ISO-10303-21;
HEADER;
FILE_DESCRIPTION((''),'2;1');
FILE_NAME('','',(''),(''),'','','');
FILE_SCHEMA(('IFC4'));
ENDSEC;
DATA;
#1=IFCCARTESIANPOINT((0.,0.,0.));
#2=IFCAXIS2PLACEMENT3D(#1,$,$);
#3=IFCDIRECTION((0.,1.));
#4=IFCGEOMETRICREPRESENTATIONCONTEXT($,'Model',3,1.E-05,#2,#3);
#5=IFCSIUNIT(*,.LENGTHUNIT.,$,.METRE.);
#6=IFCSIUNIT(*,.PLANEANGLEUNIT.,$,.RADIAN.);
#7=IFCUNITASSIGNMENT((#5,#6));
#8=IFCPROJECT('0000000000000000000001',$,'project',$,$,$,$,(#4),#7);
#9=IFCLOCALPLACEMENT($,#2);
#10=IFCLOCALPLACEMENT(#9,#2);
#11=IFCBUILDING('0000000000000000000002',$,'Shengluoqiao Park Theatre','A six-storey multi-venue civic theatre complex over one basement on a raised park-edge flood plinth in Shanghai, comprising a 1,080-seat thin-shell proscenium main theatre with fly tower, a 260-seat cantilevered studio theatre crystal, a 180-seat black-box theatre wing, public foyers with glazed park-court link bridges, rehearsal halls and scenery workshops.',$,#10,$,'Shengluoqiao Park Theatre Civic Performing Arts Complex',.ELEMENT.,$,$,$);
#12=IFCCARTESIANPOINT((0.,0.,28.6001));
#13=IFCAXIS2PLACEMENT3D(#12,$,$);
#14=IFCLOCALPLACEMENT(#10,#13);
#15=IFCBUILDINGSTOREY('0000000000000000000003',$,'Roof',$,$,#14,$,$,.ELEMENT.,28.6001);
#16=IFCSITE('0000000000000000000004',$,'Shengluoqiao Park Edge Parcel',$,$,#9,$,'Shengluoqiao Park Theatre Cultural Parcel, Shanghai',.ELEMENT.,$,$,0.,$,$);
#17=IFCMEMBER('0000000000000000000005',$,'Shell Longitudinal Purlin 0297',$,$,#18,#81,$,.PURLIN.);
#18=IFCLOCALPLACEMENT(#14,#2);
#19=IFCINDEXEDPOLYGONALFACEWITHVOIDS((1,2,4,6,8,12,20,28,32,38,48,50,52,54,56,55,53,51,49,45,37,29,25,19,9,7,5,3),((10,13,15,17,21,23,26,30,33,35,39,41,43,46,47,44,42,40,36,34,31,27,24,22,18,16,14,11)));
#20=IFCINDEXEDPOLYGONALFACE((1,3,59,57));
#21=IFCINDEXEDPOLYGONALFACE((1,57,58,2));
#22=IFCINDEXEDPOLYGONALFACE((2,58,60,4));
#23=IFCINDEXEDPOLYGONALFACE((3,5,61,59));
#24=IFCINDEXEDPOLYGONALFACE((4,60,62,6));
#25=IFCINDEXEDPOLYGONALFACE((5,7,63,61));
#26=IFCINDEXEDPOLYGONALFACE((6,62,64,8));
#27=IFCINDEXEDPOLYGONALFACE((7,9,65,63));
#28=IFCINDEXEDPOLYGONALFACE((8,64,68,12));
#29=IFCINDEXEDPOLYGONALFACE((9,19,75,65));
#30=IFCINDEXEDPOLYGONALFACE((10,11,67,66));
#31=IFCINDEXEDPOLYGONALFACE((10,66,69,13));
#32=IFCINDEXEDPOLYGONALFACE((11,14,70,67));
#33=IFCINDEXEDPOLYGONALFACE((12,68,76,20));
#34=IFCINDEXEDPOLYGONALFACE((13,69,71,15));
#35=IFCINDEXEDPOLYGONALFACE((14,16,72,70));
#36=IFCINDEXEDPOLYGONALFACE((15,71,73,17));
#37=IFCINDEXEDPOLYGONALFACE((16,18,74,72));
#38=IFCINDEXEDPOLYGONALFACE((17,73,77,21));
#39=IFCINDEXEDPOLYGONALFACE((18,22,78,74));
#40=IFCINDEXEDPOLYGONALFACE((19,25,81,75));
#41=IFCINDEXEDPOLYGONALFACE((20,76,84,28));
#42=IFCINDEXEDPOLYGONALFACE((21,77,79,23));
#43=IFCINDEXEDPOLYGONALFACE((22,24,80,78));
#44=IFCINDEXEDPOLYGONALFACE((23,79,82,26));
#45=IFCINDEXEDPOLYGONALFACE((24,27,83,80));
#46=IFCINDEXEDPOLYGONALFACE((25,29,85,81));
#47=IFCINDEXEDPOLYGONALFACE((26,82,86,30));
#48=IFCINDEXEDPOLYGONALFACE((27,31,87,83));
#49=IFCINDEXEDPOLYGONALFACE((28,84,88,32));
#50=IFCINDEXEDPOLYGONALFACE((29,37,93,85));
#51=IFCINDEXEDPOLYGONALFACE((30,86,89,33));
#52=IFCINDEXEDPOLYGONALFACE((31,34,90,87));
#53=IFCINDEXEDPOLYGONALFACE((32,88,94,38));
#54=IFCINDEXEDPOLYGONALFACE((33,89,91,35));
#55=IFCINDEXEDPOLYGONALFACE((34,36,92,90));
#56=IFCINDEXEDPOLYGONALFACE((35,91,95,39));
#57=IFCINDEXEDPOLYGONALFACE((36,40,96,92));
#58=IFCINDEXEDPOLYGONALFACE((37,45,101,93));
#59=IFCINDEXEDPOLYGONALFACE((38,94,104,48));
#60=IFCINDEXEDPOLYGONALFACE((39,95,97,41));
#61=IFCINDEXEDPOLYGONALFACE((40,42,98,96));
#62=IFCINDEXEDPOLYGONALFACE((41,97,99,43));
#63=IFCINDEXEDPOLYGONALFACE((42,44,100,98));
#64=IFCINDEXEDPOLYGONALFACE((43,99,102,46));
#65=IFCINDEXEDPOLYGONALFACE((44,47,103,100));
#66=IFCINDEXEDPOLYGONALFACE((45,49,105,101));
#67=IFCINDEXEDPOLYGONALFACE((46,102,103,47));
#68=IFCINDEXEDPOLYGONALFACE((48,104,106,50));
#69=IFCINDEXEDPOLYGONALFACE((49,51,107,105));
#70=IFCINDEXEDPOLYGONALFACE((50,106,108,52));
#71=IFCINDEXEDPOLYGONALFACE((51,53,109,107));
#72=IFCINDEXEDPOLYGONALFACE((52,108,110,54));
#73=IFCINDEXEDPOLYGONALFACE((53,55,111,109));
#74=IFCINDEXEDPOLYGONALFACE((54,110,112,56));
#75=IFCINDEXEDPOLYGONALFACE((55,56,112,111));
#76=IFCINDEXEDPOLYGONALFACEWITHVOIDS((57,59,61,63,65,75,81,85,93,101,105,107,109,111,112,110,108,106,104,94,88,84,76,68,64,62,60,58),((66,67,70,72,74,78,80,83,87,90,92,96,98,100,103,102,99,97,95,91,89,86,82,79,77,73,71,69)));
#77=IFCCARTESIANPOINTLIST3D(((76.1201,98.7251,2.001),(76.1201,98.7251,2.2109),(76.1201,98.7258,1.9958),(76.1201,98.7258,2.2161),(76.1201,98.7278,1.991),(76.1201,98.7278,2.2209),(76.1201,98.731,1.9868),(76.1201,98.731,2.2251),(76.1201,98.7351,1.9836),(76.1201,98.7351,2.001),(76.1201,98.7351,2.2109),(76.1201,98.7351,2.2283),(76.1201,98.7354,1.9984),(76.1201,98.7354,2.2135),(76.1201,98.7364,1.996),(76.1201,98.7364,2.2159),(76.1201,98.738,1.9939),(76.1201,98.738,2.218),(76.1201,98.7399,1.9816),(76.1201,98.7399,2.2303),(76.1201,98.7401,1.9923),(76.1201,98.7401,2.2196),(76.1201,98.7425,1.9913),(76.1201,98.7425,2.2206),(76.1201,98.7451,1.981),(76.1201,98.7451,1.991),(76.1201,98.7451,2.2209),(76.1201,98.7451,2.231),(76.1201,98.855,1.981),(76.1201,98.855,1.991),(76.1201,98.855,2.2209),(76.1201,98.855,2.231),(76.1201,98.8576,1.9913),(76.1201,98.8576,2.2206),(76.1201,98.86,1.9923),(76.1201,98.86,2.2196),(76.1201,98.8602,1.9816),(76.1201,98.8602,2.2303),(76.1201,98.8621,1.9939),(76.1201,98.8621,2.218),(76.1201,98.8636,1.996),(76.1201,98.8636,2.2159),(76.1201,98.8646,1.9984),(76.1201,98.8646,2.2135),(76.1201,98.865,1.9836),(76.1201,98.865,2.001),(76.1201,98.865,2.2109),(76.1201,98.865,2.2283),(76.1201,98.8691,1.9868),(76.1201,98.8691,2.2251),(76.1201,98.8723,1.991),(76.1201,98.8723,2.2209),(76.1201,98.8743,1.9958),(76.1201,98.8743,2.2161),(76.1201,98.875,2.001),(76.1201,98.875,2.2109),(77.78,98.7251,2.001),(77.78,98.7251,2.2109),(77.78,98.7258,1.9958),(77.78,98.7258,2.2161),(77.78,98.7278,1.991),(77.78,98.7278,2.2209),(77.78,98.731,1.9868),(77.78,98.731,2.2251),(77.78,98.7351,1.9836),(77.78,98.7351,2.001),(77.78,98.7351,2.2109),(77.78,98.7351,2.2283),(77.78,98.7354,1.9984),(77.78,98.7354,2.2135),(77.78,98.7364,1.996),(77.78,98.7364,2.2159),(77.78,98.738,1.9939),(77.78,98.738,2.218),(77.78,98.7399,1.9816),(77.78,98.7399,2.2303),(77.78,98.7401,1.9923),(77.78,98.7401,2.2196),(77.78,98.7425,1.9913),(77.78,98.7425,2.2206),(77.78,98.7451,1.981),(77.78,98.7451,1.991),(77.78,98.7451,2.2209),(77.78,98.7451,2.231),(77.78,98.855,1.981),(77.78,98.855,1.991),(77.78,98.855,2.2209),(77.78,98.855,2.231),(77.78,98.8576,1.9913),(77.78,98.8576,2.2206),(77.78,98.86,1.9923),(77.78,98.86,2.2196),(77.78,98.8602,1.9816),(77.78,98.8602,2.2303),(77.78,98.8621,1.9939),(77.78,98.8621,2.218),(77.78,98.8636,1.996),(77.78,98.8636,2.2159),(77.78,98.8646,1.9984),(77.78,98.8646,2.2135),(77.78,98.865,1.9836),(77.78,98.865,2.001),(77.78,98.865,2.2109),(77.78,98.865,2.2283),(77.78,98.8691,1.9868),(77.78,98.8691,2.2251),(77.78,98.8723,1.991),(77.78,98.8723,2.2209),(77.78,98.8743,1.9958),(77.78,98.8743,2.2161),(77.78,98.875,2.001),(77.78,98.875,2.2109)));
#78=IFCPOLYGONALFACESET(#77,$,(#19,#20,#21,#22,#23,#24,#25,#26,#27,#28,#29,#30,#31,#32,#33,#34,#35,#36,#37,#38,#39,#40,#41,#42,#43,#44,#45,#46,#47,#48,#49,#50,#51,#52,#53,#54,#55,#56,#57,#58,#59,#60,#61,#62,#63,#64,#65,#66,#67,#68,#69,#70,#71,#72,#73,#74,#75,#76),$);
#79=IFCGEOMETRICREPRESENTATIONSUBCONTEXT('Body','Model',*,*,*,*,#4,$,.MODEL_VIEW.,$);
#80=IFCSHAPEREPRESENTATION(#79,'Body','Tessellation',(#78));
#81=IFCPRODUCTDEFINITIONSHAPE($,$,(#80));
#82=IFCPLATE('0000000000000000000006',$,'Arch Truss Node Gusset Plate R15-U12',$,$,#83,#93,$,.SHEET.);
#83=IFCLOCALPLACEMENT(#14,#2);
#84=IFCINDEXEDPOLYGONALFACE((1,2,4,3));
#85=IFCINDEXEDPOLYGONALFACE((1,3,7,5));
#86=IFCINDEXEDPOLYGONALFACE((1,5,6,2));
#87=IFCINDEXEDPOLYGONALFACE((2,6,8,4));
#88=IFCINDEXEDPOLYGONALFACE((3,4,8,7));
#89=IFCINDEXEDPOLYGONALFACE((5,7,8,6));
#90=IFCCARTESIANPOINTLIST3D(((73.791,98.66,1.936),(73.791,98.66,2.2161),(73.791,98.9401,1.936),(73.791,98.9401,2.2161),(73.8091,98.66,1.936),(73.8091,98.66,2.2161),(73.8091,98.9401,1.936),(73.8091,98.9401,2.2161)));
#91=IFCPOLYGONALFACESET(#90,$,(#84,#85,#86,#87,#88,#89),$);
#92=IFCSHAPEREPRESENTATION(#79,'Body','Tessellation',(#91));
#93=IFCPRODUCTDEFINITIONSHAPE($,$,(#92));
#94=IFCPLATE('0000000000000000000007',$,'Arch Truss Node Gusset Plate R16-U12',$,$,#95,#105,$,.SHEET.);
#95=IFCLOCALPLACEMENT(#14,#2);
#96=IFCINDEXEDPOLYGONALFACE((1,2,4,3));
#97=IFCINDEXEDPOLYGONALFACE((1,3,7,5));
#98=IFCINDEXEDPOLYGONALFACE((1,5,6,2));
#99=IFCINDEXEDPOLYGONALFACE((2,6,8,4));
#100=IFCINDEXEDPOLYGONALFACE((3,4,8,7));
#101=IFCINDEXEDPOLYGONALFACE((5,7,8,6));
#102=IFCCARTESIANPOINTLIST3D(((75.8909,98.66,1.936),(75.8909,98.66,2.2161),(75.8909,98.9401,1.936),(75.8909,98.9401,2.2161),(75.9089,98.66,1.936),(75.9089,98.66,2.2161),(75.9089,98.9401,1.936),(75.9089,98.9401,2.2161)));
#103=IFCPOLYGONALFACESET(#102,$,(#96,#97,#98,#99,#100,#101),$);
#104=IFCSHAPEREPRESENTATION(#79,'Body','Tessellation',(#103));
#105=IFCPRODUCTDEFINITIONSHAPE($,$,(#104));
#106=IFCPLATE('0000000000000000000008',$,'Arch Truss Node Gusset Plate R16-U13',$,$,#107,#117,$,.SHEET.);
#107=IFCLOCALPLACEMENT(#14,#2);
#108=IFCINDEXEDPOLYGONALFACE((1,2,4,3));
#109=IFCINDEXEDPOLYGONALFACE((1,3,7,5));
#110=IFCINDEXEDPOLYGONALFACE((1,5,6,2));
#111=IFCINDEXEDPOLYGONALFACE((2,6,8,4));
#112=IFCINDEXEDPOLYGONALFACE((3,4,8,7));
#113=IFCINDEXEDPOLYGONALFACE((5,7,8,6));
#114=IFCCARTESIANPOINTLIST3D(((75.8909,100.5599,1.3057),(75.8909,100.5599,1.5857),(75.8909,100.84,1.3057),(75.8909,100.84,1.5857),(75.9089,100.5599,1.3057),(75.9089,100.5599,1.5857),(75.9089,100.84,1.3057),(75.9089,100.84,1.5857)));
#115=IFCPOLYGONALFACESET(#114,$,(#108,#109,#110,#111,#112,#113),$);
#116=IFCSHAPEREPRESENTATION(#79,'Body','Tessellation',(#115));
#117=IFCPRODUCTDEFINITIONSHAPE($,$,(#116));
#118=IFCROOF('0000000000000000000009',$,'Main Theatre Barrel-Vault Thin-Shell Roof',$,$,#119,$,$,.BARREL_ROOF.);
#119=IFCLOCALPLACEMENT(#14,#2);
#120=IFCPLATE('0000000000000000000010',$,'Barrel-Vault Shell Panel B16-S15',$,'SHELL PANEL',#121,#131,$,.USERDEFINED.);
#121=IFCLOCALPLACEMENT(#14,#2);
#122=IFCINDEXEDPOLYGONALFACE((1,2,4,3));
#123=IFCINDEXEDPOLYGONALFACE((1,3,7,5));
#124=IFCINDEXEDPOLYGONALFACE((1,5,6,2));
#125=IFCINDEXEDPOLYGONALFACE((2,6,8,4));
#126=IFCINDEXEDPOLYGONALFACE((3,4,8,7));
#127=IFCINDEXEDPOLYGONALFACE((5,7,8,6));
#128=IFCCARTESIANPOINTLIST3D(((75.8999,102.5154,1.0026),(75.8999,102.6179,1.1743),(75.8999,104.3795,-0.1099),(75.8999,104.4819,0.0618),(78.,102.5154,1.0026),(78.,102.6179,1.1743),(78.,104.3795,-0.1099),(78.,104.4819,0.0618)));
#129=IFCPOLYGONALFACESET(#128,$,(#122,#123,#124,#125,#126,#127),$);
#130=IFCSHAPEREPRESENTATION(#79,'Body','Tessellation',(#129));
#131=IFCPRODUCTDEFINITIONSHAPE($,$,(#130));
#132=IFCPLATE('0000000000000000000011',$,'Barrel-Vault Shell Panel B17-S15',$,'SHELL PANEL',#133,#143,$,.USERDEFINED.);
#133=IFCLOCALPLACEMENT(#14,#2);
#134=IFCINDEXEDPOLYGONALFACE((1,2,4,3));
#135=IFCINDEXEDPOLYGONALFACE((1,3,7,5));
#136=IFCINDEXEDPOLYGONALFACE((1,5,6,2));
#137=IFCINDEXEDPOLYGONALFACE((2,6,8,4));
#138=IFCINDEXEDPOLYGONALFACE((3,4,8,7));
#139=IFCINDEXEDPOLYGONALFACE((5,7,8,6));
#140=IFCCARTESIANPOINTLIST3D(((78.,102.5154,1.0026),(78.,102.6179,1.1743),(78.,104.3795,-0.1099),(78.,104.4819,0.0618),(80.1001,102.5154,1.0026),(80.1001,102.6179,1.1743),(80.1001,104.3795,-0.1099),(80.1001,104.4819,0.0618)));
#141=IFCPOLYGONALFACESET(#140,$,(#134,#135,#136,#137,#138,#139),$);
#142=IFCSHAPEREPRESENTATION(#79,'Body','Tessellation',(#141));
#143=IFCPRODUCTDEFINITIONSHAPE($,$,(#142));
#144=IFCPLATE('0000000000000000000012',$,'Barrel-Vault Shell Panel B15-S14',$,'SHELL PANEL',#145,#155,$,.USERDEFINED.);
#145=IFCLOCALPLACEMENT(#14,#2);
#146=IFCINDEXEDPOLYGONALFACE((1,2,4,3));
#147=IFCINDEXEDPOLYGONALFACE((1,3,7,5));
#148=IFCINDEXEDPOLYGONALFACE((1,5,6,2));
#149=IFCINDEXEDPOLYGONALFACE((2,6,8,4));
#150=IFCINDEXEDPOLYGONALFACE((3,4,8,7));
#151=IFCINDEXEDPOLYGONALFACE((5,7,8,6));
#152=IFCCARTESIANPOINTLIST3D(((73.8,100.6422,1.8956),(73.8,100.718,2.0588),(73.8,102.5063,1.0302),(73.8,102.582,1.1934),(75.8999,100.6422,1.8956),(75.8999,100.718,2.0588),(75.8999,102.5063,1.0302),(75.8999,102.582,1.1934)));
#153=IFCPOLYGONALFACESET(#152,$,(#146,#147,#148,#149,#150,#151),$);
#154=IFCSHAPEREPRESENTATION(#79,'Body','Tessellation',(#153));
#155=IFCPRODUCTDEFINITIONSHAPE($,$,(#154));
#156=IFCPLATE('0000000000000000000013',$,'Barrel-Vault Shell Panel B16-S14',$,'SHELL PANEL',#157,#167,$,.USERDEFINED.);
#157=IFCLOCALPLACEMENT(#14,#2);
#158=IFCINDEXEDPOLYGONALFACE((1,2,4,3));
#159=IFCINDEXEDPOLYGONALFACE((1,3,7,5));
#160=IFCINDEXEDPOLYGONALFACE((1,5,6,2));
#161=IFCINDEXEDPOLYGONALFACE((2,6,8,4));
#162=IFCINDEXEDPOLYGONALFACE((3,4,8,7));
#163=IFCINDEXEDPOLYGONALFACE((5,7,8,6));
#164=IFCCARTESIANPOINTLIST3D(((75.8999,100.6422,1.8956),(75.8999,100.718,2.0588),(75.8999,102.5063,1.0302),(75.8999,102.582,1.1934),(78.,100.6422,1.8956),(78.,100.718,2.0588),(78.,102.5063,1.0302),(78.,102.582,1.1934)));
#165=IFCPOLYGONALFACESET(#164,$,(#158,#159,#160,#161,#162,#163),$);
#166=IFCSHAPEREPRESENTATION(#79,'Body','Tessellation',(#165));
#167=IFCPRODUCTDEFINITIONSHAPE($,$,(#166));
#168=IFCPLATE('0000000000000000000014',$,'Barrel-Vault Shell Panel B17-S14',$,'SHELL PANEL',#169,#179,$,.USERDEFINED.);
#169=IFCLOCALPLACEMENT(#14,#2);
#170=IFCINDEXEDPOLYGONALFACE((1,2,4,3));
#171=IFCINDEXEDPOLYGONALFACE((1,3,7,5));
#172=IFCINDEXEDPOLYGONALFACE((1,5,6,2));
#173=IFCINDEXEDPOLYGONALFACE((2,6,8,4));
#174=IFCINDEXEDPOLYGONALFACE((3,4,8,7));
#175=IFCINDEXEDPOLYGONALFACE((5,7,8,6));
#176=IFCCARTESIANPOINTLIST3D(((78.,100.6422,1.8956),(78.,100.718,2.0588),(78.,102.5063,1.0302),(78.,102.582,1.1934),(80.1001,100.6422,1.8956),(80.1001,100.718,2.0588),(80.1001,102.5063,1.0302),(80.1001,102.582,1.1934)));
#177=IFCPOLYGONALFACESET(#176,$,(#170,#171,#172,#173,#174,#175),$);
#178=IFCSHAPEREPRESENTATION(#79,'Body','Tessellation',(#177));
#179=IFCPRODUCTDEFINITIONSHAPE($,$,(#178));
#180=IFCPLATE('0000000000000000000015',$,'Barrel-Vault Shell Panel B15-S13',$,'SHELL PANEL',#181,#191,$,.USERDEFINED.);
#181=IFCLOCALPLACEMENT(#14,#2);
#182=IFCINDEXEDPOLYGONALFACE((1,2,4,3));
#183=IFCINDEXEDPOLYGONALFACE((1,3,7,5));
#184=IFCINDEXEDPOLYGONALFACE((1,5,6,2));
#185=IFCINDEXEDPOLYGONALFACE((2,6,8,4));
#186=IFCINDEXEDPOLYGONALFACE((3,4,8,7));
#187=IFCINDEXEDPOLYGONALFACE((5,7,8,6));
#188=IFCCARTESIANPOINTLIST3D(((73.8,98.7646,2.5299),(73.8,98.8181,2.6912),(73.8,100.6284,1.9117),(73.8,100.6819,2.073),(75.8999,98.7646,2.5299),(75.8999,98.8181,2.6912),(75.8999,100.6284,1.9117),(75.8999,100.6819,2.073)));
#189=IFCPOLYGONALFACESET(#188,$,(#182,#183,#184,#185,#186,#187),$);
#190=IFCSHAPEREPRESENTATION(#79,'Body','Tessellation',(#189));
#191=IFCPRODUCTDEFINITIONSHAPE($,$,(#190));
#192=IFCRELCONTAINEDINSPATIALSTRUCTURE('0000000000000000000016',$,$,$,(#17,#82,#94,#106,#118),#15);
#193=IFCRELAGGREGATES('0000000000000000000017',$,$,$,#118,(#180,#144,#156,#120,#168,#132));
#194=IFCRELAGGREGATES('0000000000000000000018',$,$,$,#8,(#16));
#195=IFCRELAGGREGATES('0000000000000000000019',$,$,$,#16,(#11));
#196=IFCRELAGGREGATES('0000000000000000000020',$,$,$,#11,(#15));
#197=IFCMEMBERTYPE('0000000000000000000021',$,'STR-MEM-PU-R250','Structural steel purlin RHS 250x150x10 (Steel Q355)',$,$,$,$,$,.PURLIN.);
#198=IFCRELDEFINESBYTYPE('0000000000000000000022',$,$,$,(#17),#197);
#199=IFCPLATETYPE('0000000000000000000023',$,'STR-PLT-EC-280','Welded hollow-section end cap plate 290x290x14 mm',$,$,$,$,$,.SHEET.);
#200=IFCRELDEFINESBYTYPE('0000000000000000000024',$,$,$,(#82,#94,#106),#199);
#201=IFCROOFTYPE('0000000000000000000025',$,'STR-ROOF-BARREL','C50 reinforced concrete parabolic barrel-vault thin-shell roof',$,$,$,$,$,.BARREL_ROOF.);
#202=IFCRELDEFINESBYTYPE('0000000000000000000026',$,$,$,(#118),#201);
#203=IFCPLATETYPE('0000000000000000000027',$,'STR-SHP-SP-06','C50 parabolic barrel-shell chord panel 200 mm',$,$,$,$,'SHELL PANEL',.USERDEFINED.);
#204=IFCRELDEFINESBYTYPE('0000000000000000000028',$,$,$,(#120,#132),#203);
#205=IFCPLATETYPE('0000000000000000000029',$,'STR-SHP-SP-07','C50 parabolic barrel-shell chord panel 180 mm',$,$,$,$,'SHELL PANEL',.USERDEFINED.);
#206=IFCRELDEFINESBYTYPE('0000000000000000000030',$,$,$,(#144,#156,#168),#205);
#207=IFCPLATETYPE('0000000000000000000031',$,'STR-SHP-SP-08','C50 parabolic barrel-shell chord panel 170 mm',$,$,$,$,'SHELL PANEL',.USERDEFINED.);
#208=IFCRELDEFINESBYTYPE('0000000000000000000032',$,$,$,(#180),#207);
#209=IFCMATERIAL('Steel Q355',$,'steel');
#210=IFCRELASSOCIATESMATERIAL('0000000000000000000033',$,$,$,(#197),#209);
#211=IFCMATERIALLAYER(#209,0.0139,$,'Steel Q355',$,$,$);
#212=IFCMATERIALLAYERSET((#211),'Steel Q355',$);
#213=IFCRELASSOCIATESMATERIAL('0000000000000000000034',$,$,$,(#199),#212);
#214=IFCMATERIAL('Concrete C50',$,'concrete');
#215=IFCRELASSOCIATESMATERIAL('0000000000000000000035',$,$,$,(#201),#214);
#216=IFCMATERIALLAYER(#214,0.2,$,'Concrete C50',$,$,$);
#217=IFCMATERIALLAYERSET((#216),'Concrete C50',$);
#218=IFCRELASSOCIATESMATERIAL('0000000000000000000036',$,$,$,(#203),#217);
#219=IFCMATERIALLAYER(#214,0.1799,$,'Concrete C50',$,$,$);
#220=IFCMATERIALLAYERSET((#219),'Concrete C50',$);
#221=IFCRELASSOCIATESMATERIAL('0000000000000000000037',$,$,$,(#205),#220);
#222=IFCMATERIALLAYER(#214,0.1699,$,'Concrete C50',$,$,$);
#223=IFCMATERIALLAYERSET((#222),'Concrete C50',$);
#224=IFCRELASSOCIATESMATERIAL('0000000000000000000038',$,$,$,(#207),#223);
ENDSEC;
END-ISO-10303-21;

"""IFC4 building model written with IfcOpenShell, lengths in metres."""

from ifc_helpers import new_model, si_unit, direction, frame, origin, origin_2d, place, context, subcontext, project, spatial, polyline, rectangle, hollow_rectangle, outline, extrude, material, layer, layer_set, material_profile, profile_set, type_object, element, aggregate, save


model = new_model("IFC4")

# Units and contexts
model_context = context("Model", 3, precision=1e-05, world=origin(), true_north=direction((0.0, 1.0)))
body_context = subcontext(model_context, "Body", "Model", "MODEL_VIEW")
ifc_project = project(units=[si_unit("LENGTHUNIT", "METRE"), si_unit("PLANEANGLEUNIT", "RADIAN")], contexts=[model_context])

# Site, building, storey
site_placement = place(None, origin())
site = spatial("IfcSite", under=ifc_project, at=site_placement, Name="Shengluoqiao Park Edge Parcel", LongName="Shengluoqiao Park Theatre Cultural Parcel, Shanghai", CompositionType="ELEMENT", RefElevation=0.0)
building_placement = place(site_placement, origin())
building = spatial("IfcBuilding", under=site, at=building_placement, Name="Shengluoqiao Park Theatre", Description="A six-storey multi-venue civic theatre complex over one basement on a raised park-edge flood plinth in Shanghai, comprising a 1,080-seat thin-shell proscenium main theatre with fly tower, a 260-seat cantilevered studio theatre crystal, a 180-seat black-box theatre wing, public foyers with glazed park-court link bridges, rehearsal halls and scenery workshops.", LongName="Shengluoqiao Park Theatre Civic Performing Arts Complex", CompositionType="ELEMENT")
storey_placement = place(building_placement, frame((0.0, 0.0, 28.6001)))
storey = spatial("IfcBuildingStorey", under=building, at=storey_placement, Name="Roof", CompositionType="ELEMENT", Elevation=28.6001)

# Shared definitions
ifc_material_1 = material(Name="Concrete C50", Category="concrete")
ifc_material_2 = material(Name="Steel Q355", Category="steel")

# Member
ifc_material_profile_1 = material_profile(ifc_material_2, hollow_rectangle(XDim=0.1499, YDim=0.25, WallThickness=0.01, InnerFilletRadius=0.01, OuterFilletRadius=0.02, at=origin_2d()), Name="RHS 250x150x10")
ifc_profile_set_1 = profile_set([ifc_material_profile_1], Name="Steel Q355")
member_type_1 = type_object("IfcMemberType", Name="STR-MEM-PU-R250", Description="Structural steel purlin RHS 250x150x10 (Steel Q355)", PredefinedType="PURLIN", material=ifc_profile_set_1)
for number, where, z_axis, x_axis, name in (
    (1, (76.1201, 98.8, 2.106), (1.0, 0.0, 0.0), (0.0, 1.0, 0.0), "Shell Longitudinal Purlin 0297"),
):
    element("IfcMember", number, at=place(storey_placement, frame(where, z_axis=z_axis, x_axis=x_axis)), inside=storey, type_object=member_type_1, Name=name, PredefinedType="PURLIN", context=body_context, shape_type="SweptSolid", body=[
        extrude(hollow_rectangle(XDim=0.1499, YDim=0.25, WallThickness=0.01, InnerFilletRadius=0.01, OuterFilletRadius=0.02, at=origin_2d()), origin(), (0.0, 0.0, 1.0), 1.6599),
    ])

# Plates
ifc_layer_1 = layer(ifc_material_2, 0.0139, Name="Steel Q355")
ifc_layer_set_1 = layer_set([ifc_layer_1], Name="Steel Q355")
plate_type_1 = type_object("IfcPlateType", Name="STR-PLT-EC-280", Description="Welded hollow-section end cap plate 290x290x14 mm", PredefinedType="SHEET", material=ifc_layer_set_1)
for number, where, z_axis, x_axis, name in (
    (2, (73.8, 98.8, 1.936), (0.0, 0.0, 1.0), (1.0, 0.0, 0.0), "Arch Truss Node Gusset Plate R15-U12"),
    (3, (75.8999, 98.8, 1.936), (0.0, 0.0, 1.0), (1.0, 0.0, 0.0), "Arch Truss Node Gusset Plate R16-U12"),
    (4, (75.8999, 100.7, 1.3057), (0.0, 0.0, 1.0), (1.0, 0.0, 0.0), "Arch Truss Node Gusset Plate R16-U13"),
):
    element("IfcPlate", number, at=place(storey_placement, frame(where, z_axis=z_axis, x_axis=x_axis)), inside=storey, type_object=plate_type_1, Name=name, PredefinedType="SHEET", context=body_context, shape_type="SweptSolid", body=[
        extrude(rectangle(XDim=0.0181, YDim=0.28, at=origin_2d()), origin(), (0.0, 0.0, 1.0), 0.28),
    ])

# Roof, plates
roof_type = type_object("IfcRoofType", Name="STR-ROOF-BARREL", Description="C50 reinforced concrete parabolic barrel-vault thin-shell roof", PredefinedType="BARREL_ROOF", material=ifc_material_1)
roof_placement = place(storey_placement, origin())
roof = element("IfcRoof", 5, at=roof_placement, inside=storey, type_object=roof_type, Name="Main Theatre Barrel-Vault Thin-Shell Roof", PredefinedType="BARREL_ROOF")
ifc_layer_2 = layer(ifc_material_1, 0.2, Name="Concrete C50")
ifc_layer_set_2 = layer_set([ifc_layer_2], Name="Concrete C50")
plate_type_2 = type_object("IfcPlateType", Name="STR-SHP-SP-06", Description="C50 parabolic barrel-shell chord panel 200 mm", ElementType="SHELL PANEL", PredefinedType="USERDEFINED", material=ifc_layer_set_2)
plate_1_placement = place(storey_placement, frame((75.8999, 102.6179, 1.1743), z_axis=(0.0, 0.51251, 0.858681), x_axis=(1.0, 0.0, 0.0)))
plate_1 = element("IfcPlate", 6, at=plate_1_placement, type_object=plate_type_2, Name="Barrel-Vault Shell Panel B16-S15", ObjectType="SHELL PANEL", PredefinedType="USERDEFINED", context=body_context, shape_type="SweptSolid", body=[
    extrude(outline(polyline([(0.0, 0.0), (2.1001, 0.0), (2.1001, 2.1708), (0.0, 2.1708), (0.0, 0.0)])), origin(), (0.0, 0.0, -1.0), 0.2),
])
plate_2_placement = place(storey_placement, frame((78.0, 102.6179, 1.1743), z_axis=(0.0, 0.51251, 0.858681), x_axis=(1.0, 0.0, 0.0)))
plate_2 = element("IfcPlate", 7, at=plate_2_placement, type_object=plate_type_2, Name="Barrel-Vault Shell Panel B17-S15", ObjectType="SHELL PANEL", PredefinedType="USERDEFINED", context=body_context, shape_type="SweptSolid", body=[
    extrude(outline(polyline([(0.0, 0.0), (2.1001, 0.0), (2.1001, 2.1708), (0.0, 2.1708), (0.0, 0.0)])), origin(), (0.0, 0.0, -1.0), 0.2),
])
ifc_layer_3 = layer(ifc_material_1, 0.1799, Name="Concrete C50")
ifc_layer_set_3 = layer_set([ifc_layer_3], Name="Concrete C50")
plate_type_3 = type_object("IfcPlateType", Name="STR-SHP-SP-07", Description="C50 parabolic barrel-shell chord panel 180 mm", ElementType="SHELL PANEL", PredefinedType="USERDEFINED", material=ifc_layer_set_3)
plate_3_placement = place(storey_placement, frame((73.8, 100.718, 2.0588), z_axis=(0.0, 0.421129, 0.907001), x_axis=(1.0, 0.0, 0.0)))
plate_3 = element("IfcPlate", 8, at=plate_3_placement, type_object=plate_type_3, Name="Barrel-Vault Shell Panel B15-S14", ObjectType="SHELL PANEL", PredefinedType="USERDEFINED", context=body_context, shape_type="SweptSolid", body=[
    extrude(outline(polyline([(0.0, 0.0), (2.0999, 0.0), (2.0999, 2.0551), (0.0, 2.0551), (0.0, 0.0)])), origin(), (0.0, 0.0, -1.0), 0.1799),
])
plate_4_placement = place(storey_placement, frame((75.8999, 100.718, 2.0588), z_axis=(0.0, 0.421129, 0.907001), x_axis=(1.0, 0.0, 0.0)))
plate_4 = element("IfcPlate", 9, at=plate_4_placement, type_object=plate_type_3, Name="Barrel-Vault Shell Panel B16-S14", ObjectType="SHELL PANEL", PredefinedType="USERDEFINED", context=body_context, shape_type="SweptSolid", body=[
    extrude(outline(polyline([(0.0, 0.0), (2.1001, 0.0), (2.1001, 2.0551), (0.0, 2.0551), (0.0, 0.0)])), origin(), (0.0, 0.0, -1.0), 0.1799),
])
plate_5_placement = place(storey_placement, frame((78.0, 100.718, 2.0588), z_axis=(0.0, 0.421129, 0.907001), x_axis=(1.0, 0.0, 0.0)))
plate_5 = element("IfcPlate", 10, at=plate_5_placement, type_object=plate_type_3, Name="Barrel-Vault Shell Panel B17-S14", ObjectType="SHELL PANEL", PredefinedType="USERDEFINED", context=body_context, shape_type="SweptSolid", body=[
    extrude(outline(polyline([(0.0, 0.0), (2.1001, 0.0), (2.1001, 2.0551), (0.0, 2.0551), (0.0, 0.0)])), origin(), (0.0, 0.0, -1.0), 0.1799),
])
ifc_layer_4 = layer(ifc_material_1, 0.1699, Name="Concrete C50")
ifc_layer_set_4 = layer_set([ifc_layer_4], Name="Concrete C50")
plate_type_4 = type_object("IfcPlateType", Name="STR-SHP-SP-08", Description="C50 parabolic barrel-shell chord panel 170 mm", ElementType="SHELL PANEL", PredefinedType="USERDEFINED", material=ifc_layer_set_4)
plate_6_placement = place(storey_placement, frame((73.8, 98.8181, 2.6912), z_axis=(0.0, 0.31481, 0.949155), x_axis=(1.0, 0.0, 0.0)))
plate_6 = element("IfcPlate", 11, at=plate_6_placement, type_object=plate_type_4, Name="Barrel-Vault Shell Panel B15-S13", ObjectType="SHELL PANEL", PredefinedType="USERDEFINED", context=body_context, shape_type="SweptSolid", body=[
    extrude(outline(polyline([(0.0, 0.0), (2.0999, 0.0), (2.0999, 1.9636), (0.0, 1.9636), (0.0, 0.0)])), origin(), (0.0, 0.0, -1.0), 0.1699),
])
aggregate(roof, [plate_6, plate_3, plate_4, plate_1, plate_5, plate_2])

save(model, "model.ifc")
